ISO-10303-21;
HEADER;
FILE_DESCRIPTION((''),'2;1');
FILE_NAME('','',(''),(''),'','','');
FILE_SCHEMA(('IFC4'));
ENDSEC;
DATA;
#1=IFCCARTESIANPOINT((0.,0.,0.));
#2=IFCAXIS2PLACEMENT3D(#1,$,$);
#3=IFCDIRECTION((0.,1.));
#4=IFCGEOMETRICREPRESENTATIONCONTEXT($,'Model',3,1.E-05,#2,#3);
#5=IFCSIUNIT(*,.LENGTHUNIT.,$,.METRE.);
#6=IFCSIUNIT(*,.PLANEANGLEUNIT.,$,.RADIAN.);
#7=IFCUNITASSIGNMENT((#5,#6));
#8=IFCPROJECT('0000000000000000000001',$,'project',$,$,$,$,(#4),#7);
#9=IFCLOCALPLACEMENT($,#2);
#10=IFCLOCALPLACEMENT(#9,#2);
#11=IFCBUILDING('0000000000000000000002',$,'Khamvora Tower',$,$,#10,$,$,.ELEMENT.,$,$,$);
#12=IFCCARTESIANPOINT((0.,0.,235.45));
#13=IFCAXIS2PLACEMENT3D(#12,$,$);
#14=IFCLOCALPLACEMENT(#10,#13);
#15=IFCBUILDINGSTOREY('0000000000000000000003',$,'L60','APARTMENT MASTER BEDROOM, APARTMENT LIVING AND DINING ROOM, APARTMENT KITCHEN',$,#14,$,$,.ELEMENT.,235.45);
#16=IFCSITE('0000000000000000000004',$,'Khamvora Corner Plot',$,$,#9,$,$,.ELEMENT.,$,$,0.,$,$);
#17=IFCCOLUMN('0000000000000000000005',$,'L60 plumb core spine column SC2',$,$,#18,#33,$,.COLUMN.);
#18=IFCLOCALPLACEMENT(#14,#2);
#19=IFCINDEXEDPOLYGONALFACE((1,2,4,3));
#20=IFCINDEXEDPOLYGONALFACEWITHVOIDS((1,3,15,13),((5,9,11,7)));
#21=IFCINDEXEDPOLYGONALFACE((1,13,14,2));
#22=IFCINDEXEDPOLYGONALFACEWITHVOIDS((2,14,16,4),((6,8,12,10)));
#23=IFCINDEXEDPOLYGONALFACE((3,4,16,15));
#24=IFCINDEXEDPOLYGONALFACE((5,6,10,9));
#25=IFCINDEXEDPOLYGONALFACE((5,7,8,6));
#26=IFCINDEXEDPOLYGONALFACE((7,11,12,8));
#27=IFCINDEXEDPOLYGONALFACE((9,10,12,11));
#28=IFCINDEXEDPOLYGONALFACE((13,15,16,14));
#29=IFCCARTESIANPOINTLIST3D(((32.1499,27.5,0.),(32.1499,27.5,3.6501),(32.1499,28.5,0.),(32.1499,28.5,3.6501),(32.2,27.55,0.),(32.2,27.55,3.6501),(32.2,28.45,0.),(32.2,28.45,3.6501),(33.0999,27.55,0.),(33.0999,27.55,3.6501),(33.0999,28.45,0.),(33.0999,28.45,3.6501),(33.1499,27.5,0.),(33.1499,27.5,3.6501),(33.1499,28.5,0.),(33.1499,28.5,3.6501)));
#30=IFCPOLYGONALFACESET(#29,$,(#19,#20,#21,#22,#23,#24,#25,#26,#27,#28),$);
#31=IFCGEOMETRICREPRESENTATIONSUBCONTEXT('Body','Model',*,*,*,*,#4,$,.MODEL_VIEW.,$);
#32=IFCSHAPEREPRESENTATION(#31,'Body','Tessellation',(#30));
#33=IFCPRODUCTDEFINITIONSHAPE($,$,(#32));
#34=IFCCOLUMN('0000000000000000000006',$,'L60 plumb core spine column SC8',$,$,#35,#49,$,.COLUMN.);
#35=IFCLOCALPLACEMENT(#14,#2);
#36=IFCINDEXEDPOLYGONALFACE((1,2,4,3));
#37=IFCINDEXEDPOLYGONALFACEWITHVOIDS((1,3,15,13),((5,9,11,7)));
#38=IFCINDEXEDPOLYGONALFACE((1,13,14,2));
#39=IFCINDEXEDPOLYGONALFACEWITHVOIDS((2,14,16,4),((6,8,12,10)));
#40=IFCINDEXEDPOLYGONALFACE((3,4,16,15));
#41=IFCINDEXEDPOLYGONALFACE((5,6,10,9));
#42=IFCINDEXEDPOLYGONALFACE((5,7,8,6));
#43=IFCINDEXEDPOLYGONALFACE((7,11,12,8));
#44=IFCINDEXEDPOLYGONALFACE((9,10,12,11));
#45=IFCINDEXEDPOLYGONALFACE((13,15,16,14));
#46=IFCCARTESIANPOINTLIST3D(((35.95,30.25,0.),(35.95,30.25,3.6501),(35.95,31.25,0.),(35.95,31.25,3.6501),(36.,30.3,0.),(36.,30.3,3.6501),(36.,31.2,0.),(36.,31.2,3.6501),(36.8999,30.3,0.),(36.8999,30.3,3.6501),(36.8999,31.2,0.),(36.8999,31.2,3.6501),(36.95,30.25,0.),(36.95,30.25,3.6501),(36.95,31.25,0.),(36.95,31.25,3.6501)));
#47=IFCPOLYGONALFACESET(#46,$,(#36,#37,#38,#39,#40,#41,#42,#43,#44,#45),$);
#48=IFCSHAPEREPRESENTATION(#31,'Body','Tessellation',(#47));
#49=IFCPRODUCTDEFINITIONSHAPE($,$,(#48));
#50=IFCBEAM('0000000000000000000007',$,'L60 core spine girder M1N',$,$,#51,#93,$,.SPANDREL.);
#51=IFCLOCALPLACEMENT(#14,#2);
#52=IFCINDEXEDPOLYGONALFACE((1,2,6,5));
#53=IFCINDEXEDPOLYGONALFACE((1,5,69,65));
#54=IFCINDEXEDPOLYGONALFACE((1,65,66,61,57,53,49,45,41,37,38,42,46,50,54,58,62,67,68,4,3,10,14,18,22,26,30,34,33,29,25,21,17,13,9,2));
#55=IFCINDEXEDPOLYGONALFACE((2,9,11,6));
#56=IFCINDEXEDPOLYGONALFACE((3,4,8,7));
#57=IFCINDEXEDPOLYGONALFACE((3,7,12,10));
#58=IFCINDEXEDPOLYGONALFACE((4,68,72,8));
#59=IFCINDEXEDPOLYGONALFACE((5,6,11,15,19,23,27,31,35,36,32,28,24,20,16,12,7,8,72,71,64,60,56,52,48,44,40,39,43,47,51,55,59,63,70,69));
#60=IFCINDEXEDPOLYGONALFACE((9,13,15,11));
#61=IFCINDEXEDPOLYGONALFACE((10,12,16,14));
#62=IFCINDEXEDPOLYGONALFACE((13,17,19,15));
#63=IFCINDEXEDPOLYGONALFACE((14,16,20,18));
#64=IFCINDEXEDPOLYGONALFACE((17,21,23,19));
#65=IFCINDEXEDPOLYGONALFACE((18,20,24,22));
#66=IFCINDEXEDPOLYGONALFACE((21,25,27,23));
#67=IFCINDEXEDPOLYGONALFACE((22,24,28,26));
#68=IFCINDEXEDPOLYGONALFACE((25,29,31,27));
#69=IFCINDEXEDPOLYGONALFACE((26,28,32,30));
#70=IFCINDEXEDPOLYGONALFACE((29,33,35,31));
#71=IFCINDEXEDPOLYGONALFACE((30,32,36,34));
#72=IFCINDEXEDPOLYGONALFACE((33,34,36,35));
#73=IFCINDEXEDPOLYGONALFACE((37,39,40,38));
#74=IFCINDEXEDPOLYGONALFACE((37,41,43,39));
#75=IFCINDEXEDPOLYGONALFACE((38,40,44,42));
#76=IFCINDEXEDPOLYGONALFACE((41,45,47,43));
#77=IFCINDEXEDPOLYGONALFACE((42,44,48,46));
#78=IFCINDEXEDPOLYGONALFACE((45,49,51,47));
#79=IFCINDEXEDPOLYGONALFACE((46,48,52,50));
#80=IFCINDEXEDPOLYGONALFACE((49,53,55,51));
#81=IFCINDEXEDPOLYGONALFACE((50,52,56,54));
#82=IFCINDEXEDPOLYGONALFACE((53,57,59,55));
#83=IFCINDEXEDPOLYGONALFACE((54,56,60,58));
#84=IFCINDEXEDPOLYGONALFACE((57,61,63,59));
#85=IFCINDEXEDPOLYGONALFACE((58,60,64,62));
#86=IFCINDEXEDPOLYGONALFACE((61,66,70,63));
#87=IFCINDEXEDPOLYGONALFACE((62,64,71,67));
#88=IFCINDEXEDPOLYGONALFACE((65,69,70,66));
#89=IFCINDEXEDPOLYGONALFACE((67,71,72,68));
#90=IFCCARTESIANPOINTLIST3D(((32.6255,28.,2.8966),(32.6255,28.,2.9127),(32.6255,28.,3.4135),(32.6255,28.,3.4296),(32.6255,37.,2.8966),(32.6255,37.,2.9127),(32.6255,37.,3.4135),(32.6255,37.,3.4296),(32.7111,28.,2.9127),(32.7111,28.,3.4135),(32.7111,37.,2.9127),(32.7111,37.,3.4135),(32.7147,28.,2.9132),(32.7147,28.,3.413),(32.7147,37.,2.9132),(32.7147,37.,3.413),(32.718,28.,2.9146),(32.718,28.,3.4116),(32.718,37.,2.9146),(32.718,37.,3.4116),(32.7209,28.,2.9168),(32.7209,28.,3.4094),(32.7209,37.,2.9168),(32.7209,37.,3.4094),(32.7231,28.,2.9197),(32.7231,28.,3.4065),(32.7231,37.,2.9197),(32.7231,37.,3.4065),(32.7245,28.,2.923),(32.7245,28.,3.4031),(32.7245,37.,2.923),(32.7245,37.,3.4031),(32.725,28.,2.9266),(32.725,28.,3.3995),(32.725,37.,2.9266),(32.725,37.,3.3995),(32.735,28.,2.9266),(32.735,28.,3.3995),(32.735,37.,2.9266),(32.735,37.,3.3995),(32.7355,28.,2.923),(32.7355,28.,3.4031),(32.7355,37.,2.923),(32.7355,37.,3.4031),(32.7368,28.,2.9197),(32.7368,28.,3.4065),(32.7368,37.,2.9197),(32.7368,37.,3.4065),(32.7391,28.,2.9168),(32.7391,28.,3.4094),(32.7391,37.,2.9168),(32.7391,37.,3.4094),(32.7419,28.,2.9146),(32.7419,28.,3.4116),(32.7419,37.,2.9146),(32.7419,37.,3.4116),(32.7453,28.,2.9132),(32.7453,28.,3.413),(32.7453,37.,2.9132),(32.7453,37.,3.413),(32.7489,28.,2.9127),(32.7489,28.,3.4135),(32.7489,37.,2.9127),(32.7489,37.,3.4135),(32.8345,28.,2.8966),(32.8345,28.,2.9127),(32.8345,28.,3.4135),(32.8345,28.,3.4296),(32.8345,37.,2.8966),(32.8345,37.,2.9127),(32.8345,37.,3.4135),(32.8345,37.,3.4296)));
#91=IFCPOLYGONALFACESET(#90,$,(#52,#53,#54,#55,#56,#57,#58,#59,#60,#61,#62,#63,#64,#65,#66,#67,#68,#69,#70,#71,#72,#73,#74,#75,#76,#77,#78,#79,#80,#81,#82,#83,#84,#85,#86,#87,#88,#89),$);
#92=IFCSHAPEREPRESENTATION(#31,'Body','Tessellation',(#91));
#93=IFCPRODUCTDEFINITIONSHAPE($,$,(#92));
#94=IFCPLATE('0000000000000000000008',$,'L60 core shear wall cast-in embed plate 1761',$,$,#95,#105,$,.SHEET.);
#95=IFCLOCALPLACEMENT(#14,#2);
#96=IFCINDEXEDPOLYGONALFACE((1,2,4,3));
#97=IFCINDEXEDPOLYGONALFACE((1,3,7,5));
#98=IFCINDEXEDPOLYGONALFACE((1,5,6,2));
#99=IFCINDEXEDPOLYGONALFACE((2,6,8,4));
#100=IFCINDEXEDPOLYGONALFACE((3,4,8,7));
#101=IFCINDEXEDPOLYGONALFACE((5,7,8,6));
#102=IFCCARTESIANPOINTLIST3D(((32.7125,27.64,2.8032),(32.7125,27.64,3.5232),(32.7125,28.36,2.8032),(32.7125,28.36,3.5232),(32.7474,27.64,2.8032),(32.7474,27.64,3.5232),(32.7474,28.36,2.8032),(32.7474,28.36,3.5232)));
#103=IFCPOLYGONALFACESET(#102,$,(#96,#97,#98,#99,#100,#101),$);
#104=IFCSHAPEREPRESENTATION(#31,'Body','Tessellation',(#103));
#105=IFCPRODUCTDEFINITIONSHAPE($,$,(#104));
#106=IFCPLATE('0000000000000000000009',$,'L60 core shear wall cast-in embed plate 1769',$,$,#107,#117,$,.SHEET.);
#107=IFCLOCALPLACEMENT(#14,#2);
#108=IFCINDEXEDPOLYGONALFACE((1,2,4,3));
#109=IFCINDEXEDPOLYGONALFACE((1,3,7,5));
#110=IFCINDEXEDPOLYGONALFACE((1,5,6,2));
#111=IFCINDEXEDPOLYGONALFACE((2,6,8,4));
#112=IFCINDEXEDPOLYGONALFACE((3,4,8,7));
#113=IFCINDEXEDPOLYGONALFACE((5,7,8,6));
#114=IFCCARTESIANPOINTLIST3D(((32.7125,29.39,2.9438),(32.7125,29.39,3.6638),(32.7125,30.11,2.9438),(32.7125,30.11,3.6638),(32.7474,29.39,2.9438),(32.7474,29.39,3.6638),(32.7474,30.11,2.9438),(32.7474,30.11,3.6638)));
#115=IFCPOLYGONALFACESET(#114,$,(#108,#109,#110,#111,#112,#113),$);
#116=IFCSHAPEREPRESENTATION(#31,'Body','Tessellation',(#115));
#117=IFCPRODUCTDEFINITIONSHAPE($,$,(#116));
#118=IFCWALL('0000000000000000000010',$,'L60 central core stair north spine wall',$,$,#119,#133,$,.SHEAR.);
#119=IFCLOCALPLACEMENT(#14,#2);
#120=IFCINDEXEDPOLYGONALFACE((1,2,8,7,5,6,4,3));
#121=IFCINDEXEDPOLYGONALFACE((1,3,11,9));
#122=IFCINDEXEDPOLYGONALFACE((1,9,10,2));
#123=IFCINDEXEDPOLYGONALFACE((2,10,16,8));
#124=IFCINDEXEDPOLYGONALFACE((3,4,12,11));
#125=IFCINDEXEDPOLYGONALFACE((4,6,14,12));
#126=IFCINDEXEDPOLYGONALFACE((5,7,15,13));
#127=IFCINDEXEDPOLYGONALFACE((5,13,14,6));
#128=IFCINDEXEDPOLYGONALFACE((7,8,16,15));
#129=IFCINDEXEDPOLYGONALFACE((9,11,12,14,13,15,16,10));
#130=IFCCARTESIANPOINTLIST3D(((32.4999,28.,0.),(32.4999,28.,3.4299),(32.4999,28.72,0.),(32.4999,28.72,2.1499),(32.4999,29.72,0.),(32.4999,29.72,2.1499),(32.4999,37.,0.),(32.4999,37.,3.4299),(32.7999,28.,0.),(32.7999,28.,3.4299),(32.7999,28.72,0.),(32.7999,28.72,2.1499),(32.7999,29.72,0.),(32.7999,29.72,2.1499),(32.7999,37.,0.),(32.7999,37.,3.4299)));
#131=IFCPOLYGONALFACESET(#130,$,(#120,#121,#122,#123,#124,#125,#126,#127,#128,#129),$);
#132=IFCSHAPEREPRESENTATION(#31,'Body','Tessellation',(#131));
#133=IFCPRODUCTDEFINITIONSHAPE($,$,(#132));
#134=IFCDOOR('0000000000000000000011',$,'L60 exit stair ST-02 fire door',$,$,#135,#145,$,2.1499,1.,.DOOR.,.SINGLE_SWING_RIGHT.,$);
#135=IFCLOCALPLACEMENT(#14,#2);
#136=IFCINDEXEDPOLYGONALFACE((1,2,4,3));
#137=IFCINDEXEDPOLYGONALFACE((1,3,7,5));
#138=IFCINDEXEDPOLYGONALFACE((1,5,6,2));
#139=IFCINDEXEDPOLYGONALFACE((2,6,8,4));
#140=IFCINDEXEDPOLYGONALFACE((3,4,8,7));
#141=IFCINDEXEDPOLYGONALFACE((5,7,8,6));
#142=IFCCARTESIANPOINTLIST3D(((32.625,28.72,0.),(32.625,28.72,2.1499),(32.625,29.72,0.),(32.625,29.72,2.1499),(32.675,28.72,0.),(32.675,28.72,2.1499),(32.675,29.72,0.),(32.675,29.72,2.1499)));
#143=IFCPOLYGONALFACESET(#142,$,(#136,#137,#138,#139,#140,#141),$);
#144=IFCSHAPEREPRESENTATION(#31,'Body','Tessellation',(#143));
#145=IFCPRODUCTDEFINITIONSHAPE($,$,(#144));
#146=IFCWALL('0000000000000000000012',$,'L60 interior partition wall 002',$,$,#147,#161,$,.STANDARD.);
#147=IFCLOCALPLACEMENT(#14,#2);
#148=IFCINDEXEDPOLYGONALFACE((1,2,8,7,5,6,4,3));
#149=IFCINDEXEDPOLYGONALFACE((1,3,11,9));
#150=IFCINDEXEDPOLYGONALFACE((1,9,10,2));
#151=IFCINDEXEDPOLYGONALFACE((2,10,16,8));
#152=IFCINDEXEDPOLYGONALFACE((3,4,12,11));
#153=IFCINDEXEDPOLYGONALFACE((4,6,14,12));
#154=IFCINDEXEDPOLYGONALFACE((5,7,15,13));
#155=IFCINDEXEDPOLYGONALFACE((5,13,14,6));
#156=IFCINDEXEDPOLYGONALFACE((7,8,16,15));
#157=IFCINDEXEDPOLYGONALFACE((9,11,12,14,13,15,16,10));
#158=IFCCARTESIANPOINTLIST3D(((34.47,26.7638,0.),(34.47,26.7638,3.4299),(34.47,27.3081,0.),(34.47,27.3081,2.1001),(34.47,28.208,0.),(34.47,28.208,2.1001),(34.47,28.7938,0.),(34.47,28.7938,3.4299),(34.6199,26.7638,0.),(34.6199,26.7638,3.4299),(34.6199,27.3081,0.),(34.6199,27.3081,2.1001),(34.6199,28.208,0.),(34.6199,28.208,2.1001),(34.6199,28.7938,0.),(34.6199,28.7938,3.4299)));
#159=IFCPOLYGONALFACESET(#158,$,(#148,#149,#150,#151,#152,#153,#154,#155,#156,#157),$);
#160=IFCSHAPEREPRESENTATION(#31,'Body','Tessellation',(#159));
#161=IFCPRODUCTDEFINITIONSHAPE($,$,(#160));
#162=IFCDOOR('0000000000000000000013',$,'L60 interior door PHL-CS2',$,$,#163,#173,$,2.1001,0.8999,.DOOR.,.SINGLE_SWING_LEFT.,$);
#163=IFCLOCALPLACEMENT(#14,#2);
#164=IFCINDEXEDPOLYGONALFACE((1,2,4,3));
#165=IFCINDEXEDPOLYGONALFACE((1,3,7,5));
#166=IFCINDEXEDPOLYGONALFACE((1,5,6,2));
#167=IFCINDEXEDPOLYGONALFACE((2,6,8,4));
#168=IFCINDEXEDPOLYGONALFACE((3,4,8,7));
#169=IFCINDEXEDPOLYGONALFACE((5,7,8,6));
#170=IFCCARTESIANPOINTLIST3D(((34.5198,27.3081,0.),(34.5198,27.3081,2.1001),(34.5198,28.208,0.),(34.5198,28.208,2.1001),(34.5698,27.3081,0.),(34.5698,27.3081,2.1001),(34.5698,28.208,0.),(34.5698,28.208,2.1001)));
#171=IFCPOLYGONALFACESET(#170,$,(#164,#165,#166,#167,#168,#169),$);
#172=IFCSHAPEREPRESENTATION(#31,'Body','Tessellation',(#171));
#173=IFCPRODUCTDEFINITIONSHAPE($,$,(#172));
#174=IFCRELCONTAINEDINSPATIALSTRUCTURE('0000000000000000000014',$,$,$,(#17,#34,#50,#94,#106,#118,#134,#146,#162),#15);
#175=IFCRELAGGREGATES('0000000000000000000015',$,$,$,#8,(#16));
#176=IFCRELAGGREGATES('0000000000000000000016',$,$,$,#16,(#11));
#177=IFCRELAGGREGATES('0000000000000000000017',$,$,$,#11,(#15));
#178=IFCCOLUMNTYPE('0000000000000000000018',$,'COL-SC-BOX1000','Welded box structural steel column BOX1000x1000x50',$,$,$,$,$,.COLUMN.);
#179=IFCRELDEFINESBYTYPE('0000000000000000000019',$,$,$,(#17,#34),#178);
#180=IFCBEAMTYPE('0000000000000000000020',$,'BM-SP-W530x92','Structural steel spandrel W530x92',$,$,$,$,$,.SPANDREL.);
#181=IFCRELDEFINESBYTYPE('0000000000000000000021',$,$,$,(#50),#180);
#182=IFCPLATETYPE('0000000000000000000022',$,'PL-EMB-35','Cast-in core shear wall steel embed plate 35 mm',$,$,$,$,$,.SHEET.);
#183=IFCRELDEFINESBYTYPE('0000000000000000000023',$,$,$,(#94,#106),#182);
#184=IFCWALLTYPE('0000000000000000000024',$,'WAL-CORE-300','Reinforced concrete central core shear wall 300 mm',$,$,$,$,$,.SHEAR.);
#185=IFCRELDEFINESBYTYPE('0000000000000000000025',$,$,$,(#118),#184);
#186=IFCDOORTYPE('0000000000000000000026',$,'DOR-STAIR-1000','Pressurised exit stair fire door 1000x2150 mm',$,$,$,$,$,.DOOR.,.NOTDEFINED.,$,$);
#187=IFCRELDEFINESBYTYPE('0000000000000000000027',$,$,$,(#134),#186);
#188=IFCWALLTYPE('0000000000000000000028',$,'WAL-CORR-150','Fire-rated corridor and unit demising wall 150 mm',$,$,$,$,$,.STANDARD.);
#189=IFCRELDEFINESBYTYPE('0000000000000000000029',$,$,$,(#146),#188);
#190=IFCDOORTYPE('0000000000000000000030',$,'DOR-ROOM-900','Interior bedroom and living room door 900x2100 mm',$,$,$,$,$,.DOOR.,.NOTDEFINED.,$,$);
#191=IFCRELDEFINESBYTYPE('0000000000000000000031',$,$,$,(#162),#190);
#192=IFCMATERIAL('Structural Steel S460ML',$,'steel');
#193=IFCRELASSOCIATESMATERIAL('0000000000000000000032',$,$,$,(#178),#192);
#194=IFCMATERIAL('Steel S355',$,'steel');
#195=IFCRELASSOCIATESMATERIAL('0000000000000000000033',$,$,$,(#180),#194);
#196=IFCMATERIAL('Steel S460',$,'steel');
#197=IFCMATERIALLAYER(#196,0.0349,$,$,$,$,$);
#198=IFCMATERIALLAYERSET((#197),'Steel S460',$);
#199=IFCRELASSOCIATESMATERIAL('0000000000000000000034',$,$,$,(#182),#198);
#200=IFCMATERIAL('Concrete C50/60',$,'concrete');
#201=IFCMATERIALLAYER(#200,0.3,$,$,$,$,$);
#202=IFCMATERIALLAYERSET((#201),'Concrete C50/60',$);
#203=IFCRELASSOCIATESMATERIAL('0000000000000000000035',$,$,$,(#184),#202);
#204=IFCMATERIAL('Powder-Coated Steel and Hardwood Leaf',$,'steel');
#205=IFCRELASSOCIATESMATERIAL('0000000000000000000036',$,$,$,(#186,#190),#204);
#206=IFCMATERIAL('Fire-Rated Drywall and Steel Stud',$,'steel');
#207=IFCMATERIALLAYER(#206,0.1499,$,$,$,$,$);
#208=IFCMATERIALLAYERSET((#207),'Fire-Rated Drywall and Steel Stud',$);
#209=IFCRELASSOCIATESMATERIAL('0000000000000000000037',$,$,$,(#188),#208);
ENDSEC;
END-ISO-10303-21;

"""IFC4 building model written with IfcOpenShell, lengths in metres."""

from ifc_helpers import new_model, si_unit, direction, frame, frame_2d, origin, origin_2d, place, context, subcontext, project, spatial, rectangle, hollow_rectangle, i_section, extrude, material, layer, layer_set, material_profile, profile_set, type_object, element, fill, save


model = new_model("IFC4")

# Units and contexts
model_context = context("Model", 3, precision=1e-05, world=origin(), true_north=direction((0.0, 1.0)))
body_context = subcontext(model_context, "Body", "Model", "MODEL_VIEW")
ifc_project = project(units=[si_unit("LENGTHUNIT", "METRE"), si_unit("PLANEANGLEUNIT", "RADIAN")], contexts=[model_context])

# Site, building, storey
site_placement = place(None, origin())
site = spatial("IfcSite", under=ifc_project, at=site_placement, Name="Khamvora Corner Plot", CompositionType="ELEMENT", RefElevation=0.0)
building_placement = place(site_placement, origin())
building = spatial("IfcBuilding", under=site, at=building_placement, Name="Khamvora Tower", CompositionType="ELEMENT")
storey_placement = place(building_placement, frame((0.0, 0.0, 235.45)))
storey = spatial("IfcBuildingStorey", under=building, at=storey_placement, Name="L60", Description="APARTMENT MASTER BEDROOM, APARTMENT LIVING AND DINING ROOM, APARTMENT KITCHEN", CompositionType="ELEMENT", Elevation=235.45)

# Columns
ifc_material_1 = material(Name="Structural Steel S460ML", Category="steel")
ifc_material_profile_1 = material_profile(ifc_material_1, hollow_rectangle(XDim=1.0, YDim=1.0, WallThickness=0.05, at=origin_2d()), Name="BOX1000x1000x50")
ifc_profile_set_1 = profile_set([ifc_material_profile_1], Name="Structural Steel S460ML")
column_type = type_object("IfcColumnType", Name="COL-SC-BOX1000", Description="Welded box structural steel column BOX1000x1000x50", PredefinedType="COLUMN", material=ifc_profile_set_1)
for number, where, z_axis, x_axis, name in (
    (1, (32.6499, 28.0, 0.0), (0.0, 0.0, 1.0), (1.0, 0.0, 0.0), "L60 plumb core spine column SC2"),
    (2, (36.45, 30.75, 0.0), (0.0, 0.0, 1.0), (1.0, 0.0, 0.0), "L60 plumb core spine column SC8"),
):
    element("IfcColumn", number, at=place(storey_placement, frame(where, z_axis=z_axis, x_axis=x_axis)), inside=storey, type_object=column_type, Name=name, PredefinedType="COLUMN", context=body_context, shape_type="SweptSolid", body=[
        extrude(hollow_rectangle(XDim=1.0, YDim=1.0, WallThickness=0.05, at=origin_2d()), origin(), (0.0, 0.0, 1.0), 3.6501),
    ])

# Beam
ifc_material_2 = material(Name="Steel S355", Category="steel")
ifc_material_profile_2 = material_profile(ifc_material_2, i_section(OverallWidth=0.209, OverallDepth=0.533, WebThickness=0.01, FlangeThickness=0.0161, FilletRadius=0.0139, at=origin_2d()), Name="W530x92")
ifc_profile_set_2 = profile_set([ifc_material_profile_2], Name="Steel S355")
beam_type = type_object("IfcBeamType", Name="BM-SP-W530x92", Description="Structural steel spandrel W530x92", PredefinedType="SPANDREL", material=ifc_profile_set_2)
beam_placement = place(storey_placement, frame((32.73, 28.0, 3.1631), z_axis=(0.0, 1.0, 0.0), x_axis=(-1.0, 0.0, 0.0)))
element("IfcBeam", 3, at=beam_placement, inside=storey, type_object=beam_type, Name="L60 core spine girder M1N", PredefinedType="SPANDREL", context=body_context, shape_type="SweptSolid", body=[
    extrude(i_section(OverallWidth=0.209, OverallDepth=0.533, WebThickness=0.01, FlangeThickness=0.0161, FilletRadius=0.0139, at=origin_2d()), origin(), (0.0, 0.0, 1.0), 9.0),
])

# Plates
ifc_material_3 = material(Name="Steel S460", Category="steel")
ifc_layer_1 = layer(ifc_material_3, 0.0349)
ifc_layer_set_1 = layer_set([ifc_layer_1], Name="Steel S460")
plate_type = type_object("IfcPlateType", Name="PL-EMB-35", Description="Cast-in core shear wall steel embed plate 35 mm", PredefinedType="SHEET", material=ifc_layer_set_1)
for number, where, z_axis, x_axis, name in (
    (4, (32.73, 28.0, 2.8032), (0.0, 0.0, 1.0), (1.0, 0.0, 0.0), "L60 core shear wall cast-in embed plate 1761"),
    (5, (32.73, 29.75, 2.9438), (0.0, 0.0, 1.0), (1.0, 0.0, 0.0), "L60 core shear wall cast-in embed plate 1769"),
):
    element("IfcPlate", number, at=place(storey_placement, frame(where, z_axis=z_axis, x_axis=x_axis)), inside=storey, type_object=plate_type, Name=name, PredefinedType="SHEET", context=body_context, shape_type="SweptSolid", body=[
        extrude(rectangle(XDim=0.0349, YDim=0.72, at=origin_2d()), origin(), (0.0, 0.0, 1.0), 0.72),
    ])

# Wall, opening, door
ifc_material_4 = material(Name="Concrete C50/60", Category="concrete")
ifc_layer_2 = layer(ifc_material_4, 0.3)
ifc_layer_set_2 = layer_set([ifc_layer_2], Name="Concrete C50/60")
wall_type_1 = type_object("IfcWallType", Name="WAL-CORE-300", Description="Reinforced concrete central core shear wall 300 mm", PredefinedType="SHEAR", material=ifc_layer_set_2)
wall_1_placement = place(storey_placement, frame((32.6499, 28.0, 0.0), z_axis=(0.0, 0.0, 1.0), x_axis=(0.0, 1.0, 0.0)))
wall_1 = element("IfcWall", 6, at=wall_1_placement, inside=storey, type_object=wall_type_1, Name="L60 central core stair north spine wall", PredefinedType="SHEAR", context=body_context, shape_type="SweptSolid", body=[
    extrude(rectangle(XDim=9.0, YDim=0.3, at=frame_2d((4.5, 0.0))), origin(), (0.0, 0.0, 1.0), 3.4299),
])
opening_1_placement = place(wall_1_placement, frame((0.72, 0.0, 0.0)))
opening_1 = element("IfcOpeningElement", 7, at=opening_1_placement, cuts=wall_1, PredefinedType="OPENING", context=body_context, shape_type="SweptSolid", body=[
    extrude(rectangle(XDim=1.0, YDim=2.1499, at=frame_2d((0.5, 1.075))), frame((0.0, 0.1599, 0.0), z_axis=(0.0, -1.0, 0.0), x_axis=(1.0, 0.0, 0.0)), (0.0, 0.0, 1.0), 0.3201),
])
ifc_material_5 = material(Name="Powder-Coated Steel and Hardwood Leaf", Category="steel")
door_type_1 = type_object("IfcDoorType", Name="DOR-STAIR-1000", Description="Pressurised exit stair fire door 1000x2150 mm", OperationType="NOTDEFINED", PredefinedType="DOOR", material=ifc_material_5)
door_1_placement = place(opening_1_placement, origin())
door_1 = element("IfcDoor", 8, at=door_1_placement, inside=storey, type_object=door_type_1, Name="L60 exit stair ST-02 fire door", OperationType="SINGLE_SWING_RIGHT", OverallHeight=2.1499, OverallWidth=1.0, PredefinedType="DOOR", context=body_context, shape_type="SweptSolid", body=[
    extrude(rectangle(XDim=1.0, YDim=2.1499, at=frame_2d((0.5, 1.075))), frame((0.0, 0.0249, 0.0), z_axis=(0.0, -1.0, 0.0), x_axis=(1.0, 0.0, 0.0)), (0.0, 0.0, 1.0), 0.05),
])
fill(opening_1, door_1)

# Wall, opening, door
ifc_material_6 = material(Name="Fire-Rated Drywall and Steel Stud", Category="steel")
ifc_layer_3 = layer(ifc_material_6, 0.1499)
ifc_layer_set_3 = layer_set([ifc_layer_3], Name="Fire-Rated Drywall and Steel Stud")
wall_type_2 = type_object("IfcWallType", Name="WAL-CORR-150", Description="Fire-rated corridor and unit demising wall 150 mm", PredefinedType="STANDARD", material=ifc_layer_set_3)
wall_2_placement = place(storey_placement, frame((34.5449, 28.7939, 0.0), z_axis=(0.0, 0.0, 1.0), x_axis=(0.0, -1.0, 0.0)))
wall_2 = element("IfcWall", 9, at=wall_2_placement, inside=storey, type_object=wall_type_2, Name="L60 interior partition wall 002", PredefinedType="STANDARD", context=body_context, shape_type="SweptSolid", body=[
    extrude(rectangle(XDim=2.03, YDim=0.1499, at=frame_2d((1.0151, 0.0))), origin(), (0.0, 0.0, 1.0), 3.4299),
])
opening_2_placement = place(wall_2_placement, frame((0.5859, 0.0, 0.0)))
opening_2 = element("IfcOpeningElement", 10, at=opening_2_placement, cuts=wall_2, PredefinedType="OPENING", context=body_context, shape_type="SweptSolid", body=[
    extrude(rectangle(XDim=0.8999, YDim=2.1001, at=frame_2d((0.45, 1.05))), frame((0.0, 0.085, 0.0), z_axis=(0.0, -1.0, 0.0), x_axis=(1.0, 0.0, 0.0)), (0.0, 0.0, 1.0), 0.1699),
])
door_type_2 = type_object("IfcDoorType", Name="DOR-ROOM-900", Description="Interior bedroom and living room door 900x2100 mm", OperationType="NOTDEFINED", PredefinedType="DOOR", material=ifc_material_5)
door_2_placement = place(opening_2_placement, origin())
door_2 = element("IfcDoor", 11, at=door_2_placement, inside=storey, type_object=door_type_2, Name="L60 interior door PHL-CS2", OperationType="SINGLE_SWING_LEFT", OverallHeight=2.1001, OverallWidth=0.8999, PredefinedType="DOOR", context=body_context, shape_type="SweptSolid", body=[
    extrude(rectangle(XDim=0.8999, YDim=2.1001, at=frame_2d((0.45, 1.05))), frame((0.0, 0.0249, 0.0), z_axis=(0.0, -1.0, 0.0), x_axis=(1.0, 0.0, 0.0)), (0.0, 0.0, 1.0), 0.05),
])
fill(opening_2, door_2)

save(model, "model.ifc")
